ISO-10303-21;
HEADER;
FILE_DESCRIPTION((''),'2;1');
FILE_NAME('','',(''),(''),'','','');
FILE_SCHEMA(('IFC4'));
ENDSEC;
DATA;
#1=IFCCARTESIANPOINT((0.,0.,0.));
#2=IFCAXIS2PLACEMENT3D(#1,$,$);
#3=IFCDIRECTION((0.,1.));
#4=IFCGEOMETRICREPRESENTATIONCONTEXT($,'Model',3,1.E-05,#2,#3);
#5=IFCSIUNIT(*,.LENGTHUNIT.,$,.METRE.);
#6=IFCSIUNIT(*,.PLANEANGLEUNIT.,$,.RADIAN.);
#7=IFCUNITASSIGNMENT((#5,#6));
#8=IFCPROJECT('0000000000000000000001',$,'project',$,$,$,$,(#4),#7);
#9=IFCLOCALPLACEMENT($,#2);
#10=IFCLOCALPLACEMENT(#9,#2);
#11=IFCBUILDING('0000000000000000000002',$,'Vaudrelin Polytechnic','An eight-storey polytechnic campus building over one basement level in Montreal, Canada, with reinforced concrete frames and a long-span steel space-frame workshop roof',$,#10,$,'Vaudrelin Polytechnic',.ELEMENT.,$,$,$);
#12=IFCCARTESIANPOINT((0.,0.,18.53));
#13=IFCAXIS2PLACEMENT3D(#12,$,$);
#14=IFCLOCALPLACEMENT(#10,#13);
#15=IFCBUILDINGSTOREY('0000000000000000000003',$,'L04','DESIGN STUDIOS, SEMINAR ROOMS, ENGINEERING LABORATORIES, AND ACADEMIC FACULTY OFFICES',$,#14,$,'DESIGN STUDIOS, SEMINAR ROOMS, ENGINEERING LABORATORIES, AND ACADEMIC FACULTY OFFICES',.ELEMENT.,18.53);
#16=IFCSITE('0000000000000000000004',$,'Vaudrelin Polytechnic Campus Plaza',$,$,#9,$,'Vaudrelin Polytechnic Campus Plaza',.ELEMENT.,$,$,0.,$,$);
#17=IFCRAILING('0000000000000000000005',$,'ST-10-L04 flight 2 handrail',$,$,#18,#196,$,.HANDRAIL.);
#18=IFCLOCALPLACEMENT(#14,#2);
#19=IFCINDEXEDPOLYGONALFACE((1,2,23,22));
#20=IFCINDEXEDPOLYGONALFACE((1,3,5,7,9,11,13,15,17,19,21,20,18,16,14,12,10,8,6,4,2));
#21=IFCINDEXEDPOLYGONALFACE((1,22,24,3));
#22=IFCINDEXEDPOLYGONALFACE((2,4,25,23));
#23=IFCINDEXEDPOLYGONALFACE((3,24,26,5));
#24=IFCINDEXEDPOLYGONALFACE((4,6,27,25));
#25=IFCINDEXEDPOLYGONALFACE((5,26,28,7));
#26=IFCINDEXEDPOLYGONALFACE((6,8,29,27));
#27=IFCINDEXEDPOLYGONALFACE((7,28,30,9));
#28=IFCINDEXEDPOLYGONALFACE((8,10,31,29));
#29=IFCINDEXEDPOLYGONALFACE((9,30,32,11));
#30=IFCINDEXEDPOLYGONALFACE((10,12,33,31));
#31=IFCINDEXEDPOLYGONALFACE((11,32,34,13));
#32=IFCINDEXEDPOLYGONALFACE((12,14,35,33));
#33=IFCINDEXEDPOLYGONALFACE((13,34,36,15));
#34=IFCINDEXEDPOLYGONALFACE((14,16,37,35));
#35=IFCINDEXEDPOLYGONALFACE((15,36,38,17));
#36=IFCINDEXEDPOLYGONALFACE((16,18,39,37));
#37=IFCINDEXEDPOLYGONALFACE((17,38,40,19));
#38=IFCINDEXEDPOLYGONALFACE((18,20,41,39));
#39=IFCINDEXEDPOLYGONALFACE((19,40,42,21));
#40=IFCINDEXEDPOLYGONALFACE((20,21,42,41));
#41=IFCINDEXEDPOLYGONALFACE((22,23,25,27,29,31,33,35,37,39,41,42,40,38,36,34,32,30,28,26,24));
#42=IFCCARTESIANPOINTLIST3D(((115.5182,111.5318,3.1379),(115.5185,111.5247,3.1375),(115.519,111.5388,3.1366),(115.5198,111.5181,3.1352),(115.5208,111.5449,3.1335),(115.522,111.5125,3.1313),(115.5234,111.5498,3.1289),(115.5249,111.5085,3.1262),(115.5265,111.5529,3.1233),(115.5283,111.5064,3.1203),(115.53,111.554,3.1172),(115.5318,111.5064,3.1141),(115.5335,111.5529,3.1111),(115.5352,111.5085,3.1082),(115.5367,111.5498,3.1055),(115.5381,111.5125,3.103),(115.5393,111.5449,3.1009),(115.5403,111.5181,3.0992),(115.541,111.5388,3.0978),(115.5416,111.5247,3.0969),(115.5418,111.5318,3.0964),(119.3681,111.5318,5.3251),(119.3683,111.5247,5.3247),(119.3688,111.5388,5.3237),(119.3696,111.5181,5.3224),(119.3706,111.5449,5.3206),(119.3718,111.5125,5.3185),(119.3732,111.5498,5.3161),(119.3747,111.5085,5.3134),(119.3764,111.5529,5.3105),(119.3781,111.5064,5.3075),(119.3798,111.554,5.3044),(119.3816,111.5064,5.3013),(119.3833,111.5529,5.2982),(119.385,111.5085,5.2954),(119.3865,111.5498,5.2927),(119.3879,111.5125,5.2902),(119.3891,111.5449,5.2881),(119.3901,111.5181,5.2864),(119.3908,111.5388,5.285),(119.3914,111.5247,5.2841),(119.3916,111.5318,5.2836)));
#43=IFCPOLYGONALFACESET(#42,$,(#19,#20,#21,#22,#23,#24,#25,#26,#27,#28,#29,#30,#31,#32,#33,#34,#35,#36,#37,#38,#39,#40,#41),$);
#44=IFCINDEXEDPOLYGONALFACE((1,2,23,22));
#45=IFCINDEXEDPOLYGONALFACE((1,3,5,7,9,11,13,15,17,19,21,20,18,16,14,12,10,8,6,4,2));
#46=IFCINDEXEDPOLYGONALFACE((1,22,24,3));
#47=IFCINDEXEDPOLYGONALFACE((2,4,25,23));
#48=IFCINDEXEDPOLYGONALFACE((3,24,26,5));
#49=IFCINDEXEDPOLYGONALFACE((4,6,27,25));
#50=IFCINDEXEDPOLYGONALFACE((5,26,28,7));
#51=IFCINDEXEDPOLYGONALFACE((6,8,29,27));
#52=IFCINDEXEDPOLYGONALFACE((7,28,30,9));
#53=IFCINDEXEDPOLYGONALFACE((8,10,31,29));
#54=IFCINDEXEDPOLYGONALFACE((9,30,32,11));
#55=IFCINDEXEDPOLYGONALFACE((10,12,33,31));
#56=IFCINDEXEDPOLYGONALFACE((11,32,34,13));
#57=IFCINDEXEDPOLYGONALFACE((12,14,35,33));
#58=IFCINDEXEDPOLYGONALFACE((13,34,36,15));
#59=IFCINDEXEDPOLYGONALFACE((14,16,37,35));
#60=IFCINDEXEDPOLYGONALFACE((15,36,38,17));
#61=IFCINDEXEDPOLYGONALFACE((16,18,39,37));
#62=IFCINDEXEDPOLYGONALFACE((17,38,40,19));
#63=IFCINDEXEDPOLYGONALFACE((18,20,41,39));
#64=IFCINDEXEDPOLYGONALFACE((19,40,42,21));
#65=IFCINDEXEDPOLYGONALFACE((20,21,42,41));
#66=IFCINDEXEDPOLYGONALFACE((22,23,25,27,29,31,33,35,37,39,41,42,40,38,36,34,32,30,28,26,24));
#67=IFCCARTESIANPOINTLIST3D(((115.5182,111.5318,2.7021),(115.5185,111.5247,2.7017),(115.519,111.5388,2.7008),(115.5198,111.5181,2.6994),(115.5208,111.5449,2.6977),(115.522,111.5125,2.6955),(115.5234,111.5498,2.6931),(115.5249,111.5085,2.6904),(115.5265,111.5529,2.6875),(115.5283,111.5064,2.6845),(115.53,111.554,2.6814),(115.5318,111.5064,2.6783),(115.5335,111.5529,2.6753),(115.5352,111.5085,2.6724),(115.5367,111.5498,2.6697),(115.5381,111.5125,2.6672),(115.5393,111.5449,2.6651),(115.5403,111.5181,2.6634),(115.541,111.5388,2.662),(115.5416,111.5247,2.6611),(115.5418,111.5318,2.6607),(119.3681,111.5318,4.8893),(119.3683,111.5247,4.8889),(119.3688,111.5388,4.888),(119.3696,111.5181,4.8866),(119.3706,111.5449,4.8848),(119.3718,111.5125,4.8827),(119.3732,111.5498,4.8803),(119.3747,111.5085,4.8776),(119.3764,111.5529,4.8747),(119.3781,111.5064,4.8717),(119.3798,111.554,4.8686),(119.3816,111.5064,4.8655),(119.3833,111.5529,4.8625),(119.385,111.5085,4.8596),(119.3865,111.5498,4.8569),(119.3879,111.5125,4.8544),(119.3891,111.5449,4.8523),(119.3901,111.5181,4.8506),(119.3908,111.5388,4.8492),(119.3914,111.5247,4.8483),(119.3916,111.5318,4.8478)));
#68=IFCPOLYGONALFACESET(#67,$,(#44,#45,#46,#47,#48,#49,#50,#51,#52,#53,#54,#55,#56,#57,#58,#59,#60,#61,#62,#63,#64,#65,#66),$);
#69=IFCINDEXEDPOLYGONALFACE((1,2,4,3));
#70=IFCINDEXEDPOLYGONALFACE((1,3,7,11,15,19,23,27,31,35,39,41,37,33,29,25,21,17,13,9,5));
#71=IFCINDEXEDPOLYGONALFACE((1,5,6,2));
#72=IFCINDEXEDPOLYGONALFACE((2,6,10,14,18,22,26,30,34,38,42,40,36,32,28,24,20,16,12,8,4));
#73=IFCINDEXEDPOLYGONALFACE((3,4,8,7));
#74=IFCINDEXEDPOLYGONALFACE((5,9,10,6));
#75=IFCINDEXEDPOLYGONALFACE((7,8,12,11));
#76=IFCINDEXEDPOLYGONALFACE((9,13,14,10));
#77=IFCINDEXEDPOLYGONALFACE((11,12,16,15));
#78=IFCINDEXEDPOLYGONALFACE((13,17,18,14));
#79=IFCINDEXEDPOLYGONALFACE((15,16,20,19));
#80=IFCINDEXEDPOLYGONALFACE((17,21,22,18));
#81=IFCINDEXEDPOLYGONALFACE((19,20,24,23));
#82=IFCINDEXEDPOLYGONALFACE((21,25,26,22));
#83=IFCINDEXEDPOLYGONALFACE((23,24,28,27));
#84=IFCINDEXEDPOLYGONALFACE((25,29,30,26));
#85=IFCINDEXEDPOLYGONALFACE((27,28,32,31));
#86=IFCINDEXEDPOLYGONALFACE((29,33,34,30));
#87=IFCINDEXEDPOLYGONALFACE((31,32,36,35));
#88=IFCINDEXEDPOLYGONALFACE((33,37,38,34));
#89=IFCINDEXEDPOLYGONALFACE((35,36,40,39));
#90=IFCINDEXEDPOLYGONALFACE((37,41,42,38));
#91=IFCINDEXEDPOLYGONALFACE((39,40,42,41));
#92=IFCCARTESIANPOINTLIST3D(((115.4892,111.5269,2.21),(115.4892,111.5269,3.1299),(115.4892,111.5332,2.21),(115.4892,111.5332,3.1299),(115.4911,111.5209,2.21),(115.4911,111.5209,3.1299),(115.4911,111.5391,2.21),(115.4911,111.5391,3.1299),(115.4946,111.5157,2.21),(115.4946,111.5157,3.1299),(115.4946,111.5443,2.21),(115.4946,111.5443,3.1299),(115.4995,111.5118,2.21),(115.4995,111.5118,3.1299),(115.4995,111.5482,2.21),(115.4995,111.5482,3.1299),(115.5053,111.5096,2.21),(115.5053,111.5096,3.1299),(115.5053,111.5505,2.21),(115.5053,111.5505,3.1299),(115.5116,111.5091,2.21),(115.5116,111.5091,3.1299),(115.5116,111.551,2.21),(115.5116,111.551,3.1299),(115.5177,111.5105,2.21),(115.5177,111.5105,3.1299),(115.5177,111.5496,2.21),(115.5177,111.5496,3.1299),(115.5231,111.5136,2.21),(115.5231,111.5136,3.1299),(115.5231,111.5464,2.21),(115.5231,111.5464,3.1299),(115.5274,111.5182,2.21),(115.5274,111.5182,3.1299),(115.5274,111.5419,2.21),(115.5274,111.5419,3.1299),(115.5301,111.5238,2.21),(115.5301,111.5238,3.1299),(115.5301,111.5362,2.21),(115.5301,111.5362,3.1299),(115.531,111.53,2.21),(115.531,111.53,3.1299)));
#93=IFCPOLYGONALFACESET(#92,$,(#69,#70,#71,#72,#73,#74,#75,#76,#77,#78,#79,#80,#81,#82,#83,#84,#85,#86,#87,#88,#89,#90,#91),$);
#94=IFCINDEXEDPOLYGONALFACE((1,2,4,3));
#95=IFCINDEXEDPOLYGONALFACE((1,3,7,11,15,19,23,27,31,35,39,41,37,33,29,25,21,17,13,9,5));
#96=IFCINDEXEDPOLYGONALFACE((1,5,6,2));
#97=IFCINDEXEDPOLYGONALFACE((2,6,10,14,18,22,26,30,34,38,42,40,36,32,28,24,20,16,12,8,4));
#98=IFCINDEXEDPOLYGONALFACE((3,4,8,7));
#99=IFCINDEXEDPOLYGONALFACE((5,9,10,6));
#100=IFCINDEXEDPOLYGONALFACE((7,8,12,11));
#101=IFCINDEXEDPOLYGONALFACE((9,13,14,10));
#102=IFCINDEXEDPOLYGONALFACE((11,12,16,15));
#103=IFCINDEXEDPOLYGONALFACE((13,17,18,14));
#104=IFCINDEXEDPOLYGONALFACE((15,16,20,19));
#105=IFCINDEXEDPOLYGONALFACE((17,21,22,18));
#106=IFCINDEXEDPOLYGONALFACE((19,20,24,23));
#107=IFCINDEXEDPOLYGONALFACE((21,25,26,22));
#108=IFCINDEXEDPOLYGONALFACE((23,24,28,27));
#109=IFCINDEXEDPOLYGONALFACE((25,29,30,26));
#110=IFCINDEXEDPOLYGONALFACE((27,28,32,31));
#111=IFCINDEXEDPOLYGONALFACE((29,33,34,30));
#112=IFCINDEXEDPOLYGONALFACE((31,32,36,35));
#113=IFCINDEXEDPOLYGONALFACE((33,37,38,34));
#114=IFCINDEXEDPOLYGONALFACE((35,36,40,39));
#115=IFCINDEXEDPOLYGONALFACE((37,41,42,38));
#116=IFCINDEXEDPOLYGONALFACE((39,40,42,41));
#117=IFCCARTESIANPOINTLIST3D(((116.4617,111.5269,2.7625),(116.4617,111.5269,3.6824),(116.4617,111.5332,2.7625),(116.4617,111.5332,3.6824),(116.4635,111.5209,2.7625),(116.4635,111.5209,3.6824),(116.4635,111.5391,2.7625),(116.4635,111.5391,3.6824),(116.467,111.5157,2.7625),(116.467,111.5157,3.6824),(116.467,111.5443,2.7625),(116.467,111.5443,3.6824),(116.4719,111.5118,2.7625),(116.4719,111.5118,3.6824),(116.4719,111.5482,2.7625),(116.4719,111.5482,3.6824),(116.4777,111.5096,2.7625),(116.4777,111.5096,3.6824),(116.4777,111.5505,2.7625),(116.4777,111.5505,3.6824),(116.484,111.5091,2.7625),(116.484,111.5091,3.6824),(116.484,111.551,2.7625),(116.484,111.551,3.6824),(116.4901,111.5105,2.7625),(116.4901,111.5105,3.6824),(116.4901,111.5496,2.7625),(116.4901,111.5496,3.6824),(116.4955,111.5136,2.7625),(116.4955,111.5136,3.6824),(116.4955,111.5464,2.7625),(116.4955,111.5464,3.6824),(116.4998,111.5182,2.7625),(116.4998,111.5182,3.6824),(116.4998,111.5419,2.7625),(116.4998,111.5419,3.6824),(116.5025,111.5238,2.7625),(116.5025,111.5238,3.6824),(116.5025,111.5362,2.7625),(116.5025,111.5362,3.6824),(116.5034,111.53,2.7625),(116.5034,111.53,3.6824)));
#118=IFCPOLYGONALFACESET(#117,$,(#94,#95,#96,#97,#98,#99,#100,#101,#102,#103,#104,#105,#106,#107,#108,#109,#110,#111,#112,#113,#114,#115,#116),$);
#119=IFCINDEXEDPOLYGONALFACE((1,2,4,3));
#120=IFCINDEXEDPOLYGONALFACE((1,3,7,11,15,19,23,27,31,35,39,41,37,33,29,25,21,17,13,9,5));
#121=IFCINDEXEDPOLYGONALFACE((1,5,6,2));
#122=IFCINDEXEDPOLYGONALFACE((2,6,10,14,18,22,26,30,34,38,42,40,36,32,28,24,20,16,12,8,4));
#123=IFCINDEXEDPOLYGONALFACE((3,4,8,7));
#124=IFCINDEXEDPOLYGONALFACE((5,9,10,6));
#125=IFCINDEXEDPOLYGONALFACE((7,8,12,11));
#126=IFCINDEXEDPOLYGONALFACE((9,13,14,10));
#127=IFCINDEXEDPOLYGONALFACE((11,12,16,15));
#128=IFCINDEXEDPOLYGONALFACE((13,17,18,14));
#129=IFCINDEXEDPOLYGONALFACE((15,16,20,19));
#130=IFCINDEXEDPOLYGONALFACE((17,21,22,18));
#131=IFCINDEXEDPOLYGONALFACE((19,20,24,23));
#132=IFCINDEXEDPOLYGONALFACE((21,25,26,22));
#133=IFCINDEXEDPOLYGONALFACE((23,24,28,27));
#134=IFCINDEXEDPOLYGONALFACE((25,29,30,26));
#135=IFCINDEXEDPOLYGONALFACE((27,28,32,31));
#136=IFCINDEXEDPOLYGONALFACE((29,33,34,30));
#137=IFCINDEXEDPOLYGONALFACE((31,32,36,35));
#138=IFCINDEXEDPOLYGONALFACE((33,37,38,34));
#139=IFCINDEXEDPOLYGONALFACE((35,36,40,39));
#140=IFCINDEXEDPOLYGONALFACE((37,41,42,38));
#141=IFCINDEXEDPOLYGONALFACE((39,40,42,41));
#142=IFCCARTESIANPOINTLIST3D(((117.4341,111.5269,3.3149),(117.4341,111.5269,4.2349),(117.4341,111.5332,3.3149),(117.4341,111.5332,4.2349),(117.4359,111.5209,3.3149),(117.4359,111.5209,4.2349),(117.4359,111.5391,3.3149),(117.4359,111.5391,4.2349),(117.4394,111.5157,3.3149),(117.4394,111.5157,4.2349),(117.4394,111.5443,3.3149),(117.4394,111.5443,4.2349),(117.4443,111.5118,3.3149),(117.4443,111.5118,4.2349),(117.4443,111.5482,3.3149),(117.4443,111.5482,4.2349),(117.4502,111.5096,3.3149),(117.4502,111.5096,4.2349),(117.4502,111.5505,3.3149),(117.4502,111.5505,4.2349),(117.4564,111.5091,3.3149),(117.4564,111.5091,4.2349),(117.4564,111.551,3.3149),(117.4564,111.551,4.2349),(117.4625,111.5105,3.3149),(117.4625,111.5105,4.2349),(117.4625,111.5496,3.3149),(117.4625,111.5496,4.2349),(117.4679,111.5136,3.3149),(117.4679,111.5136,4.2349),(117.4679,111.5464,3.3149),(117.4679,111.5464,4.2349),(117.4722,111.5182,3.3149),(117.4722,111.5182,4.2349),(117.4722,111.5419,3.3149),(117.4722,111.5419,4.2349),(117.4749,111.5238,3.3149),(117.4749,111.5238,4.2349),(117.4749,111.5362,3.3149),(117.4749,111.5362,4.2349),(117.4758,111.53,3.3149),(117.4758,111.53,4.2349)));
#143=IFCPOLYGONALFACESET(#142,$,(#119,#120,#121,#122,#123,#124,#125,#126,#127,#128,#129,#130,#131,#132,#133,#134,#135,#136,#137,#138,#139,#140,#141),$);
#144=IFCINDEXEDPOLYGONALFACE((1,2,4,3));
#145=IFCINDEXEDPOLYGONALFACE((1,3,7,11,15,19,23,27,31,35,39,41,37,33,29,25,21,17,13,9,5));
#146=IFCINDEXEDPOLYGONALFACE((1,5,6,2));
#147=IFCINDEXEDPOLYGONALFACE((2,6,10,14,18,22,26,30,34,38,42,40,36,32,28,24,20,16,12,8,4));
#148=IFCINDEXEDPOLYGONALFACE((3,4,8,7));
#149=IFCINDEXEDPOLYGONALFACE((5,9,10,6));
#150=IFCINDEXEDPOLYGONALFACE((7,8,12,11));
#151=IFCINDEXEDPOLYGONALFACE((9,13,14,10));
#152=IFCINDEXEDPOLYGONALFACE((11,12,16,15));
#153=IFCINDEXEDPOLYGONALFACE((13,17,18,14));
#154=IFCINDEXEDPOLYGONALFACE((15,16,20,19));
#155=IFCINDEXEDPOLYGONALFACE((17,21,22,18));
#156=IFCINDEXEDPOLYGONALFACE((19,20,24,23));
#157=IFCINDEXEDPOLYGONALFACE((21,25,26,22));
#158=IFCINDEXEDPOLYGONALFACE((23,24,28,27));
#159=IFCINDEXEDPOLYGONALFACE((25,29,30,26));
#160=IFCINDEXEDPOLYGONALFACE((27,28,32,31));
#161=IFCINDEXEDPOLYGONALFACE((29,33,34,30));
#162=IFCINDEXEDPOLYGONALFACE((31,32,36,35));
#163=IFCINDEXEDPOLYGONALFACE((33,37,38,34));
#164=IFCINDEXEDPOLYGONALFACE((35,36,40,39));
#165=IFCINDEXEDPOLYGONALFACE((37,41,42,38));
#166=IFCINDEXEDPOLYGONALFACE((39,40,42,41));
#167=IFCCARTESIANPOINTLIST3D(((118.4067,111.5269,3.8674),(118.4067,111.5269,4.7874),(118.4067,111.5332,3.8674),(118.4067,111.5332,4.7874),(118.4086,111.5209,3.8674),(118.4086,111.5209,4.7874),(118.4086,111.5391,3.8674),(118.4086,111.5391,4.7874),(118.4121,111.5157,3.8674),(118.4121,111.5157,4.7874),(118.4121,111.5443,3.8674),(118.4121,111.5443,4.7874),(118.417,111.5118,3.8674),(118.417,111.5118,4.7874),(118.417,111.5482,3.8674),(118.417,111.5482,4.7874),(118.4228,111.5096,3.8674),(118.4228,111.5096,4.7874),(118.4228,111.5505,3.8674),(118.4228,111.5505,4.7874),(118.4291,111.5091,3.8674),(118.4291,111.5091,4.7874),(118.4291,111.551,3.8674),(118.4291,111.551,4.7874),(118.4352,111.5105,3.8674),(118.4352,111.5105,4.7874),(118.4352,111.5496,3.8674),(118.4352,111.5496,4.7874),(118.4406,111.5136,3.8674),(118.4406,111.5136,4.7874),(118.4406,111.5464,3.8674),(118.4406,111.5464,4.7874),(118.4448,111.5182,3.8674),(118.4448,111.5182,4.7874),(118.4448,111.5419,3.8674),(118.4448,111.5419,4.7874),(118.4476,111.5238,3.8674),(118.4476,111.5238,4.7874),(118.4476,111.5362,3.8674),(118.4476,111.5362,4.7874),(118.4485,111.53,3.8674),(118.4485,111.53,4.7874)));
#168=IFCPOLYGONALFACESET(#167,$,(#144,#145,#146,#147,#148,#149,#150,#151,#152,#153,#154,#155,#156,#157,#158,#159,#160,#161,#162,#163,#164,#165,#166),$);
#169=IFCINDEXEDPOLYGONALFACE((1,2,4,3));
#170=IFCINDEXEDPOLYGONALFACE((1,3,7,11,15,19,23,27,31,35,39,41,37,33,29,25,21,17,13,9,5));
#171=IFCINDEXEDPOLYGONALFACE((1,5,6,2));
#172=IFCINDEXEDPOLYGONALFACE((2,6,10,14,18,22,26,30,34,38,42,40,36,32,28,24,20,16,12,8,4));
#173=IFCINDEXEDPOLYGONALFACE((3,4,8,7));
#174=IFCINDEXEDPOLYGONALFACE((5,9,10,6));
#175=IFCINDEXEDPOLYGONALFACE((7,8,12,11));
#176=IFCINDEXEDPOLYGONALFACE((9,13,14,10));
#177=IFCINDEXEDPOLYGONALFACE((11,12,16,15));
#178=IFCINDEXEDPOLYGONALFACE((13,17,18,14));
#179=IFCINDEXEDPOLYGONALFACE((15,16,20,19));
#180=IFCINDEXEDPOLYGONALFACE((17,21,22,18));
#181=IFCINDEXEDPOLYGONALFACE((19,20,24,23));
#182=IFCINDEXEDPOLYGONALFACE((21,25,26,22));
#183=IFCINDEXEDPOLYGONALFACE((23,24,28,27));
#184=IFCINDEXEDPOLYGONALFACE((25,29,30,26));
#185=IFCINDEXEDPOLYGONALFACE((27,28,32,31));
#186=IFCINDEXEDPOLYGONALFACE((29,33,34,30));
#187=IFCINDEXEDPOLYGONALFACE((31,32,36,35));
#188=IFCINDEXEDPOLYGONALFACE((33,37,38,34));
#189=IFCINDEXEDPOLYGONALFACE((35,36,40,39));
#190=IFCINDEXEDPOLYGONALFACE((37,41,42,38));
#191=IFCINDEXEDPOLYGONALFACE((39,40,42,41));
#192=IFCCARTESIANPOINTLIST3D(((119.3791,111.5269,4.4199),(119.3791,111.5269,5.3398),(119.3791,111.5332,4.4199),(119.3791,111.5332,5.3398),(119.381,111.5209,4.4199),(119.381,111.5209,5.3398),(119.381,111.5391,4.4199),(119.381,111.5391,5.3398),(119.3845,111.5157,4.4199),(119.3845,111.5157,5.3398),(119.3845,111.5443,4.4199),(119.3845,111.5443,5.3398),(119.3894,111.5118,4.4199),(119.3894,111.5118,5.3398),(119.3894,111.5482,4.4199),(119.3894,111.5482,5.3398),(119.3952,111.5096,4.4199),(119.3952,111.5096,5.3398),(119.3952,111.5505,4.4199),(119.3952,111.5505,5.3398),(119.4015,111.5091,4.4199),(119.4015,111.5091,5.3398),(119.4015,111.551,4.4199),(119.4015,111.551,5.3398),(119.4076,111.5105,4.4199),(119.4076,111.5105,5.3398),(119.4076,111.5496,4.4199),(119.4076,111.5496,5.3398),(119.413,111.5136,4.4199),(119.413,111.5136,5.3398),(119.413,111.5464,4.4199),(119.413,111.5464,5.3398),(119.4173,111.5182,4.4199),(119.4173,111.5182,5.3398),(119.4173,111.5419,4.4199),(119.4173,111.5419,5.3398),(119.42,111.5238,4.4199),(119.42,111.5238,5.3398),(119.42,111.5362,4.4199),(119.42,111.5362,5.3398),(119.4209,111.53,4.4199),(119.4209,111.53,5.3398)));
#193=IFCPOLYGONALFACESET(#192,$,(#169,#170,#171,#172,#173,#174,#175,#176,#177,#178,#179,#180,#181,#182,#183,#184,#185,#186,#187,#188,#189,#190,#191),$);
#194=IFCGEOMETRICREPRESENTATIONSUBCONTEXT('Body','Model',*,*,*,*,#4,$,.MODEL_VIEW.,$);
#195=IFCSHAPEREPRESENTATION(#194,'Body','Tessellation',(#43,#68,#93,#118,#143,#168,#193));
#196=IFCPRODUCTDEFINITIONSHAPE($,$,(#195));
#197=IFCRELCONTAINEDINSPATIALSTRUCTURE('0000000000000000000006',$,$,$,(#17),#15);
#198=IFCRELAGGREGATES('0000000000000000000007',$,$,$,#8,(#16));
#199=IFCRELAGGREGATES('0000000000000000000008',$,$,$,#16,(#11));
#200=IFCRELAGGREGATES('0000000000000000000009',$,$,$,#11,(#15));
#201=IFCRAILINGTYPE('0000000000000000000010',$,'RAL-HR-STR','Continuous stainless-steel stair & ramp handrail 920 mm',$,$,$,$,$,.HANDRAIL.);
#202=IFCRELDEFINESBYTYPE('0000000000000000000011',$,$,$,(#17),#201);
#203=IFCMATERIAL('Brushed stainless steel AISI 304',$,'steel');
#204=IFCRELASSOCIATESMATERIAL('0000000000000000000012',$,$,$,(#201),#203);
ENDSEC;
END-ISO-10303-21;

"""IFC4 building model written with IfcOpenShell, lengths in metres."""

from ifc_helpers import new_model, si_unit, direction, frame, origin, origin_2d, place, context, subcontext, project, spatial, circle, extrude, material, type_object, element, save


model = new_model("IFC4")

# Units and contexts
model_context = context("Model", 3, precision=1e-05, world=origin(), true_north=direction((0.0, 1.0)))
body_context = subcontext(model_context, "Body", "Model", "MODEL_VIEW")
ifc_project = project(units=[si_unit("LENGTHUNIT", "METRE"), si_unit("PLANEANGLEUNIT", "RADIAN")], contexts=[model_context])

# Site, building, storey
site_placement = place(None, origin())
site = spatial("IfcSite", under=ifc_project, at=site_placement, Name="Vaudrelin Polytechnic Campus Plaza", LongName="Vaudrelin Polytechnic Campus Plaza", CompositionType="ELEMENT", RefElevation=0.0)
building_placement = place(site_placement, origin())
building = spatial("IfcBuilding", under=site, at=building_placement, Name="Vaudrelin Polytechnic", Description="An eight-storey polytechnic campus building over one basement level in Montreal, Canada, with reinforced concrete frames and a long-span steel space-frame workshop roof", LongName="Vaudrelin Polytechnic", CompositionType="ELEMENT")
storey_placement = place(building_placement, frame((0.0, 0.0, 18.53)))
storey = spatial("IfcBuildingStorey", under=building, at=storey_placement, Name="L04", Description="DESIGN STUDIOS, SEMINAR ROOMS, ENGINEERING LABORATORIES, AND ACADEMIC FACULTY OFFICES", LongName="DESIGN STUDIOS, SEMINAR ROOMS, ENGINEERING LABORATORIES, AND ACADEMIC FACULTY OFFICES", CompositionType="ELEMENT", Elevation=18.53)

# Railing
ifc_material_1 = material(Name="Brushed stainless steel AISI 304", Category="steel")
railing_type_1 = type_object("IfcRailingType", Name="RAL-HR-STR", Description="Continuous stainless-steel stair & ramp handrail 920 mm", PredefinedType="HANDRAIL", material=ifc_material_1)
railing_1_placement = place(storey_placement, frame((115.51, 111.53, 2.21)))
element("IfcRailing", 1, at=railing_1_placement, inside=storey, type_object=railing_type_1, Name="ST-10-L04 flight 2 handrail", PredefinedType="HANDRAIL", context=body_context, shape_type="SweptSolid", body=[
    extrude(circle(Radius=0.0239, at=origin_2d()), frame((0.02, 0.0, 0.9072), z_axis=(0.869476, 0.0, 0.493975), x_axis=(0.0, 1.0, 0.0)), (0.0, 0.0, 1.0), 4.4277),
    extrude(circle(Radius=0.0239, at=origin_2d()), frame((0.02, 0.0, 0.4714), z_axis=(0.869476, 0.0, 0.493975), x_axis=(0.0, 1.0, 0.0)), (0.0, 0.0, 1.0), 4.4277),
    extrude(circle(Radius=0.021, at=origin_2d()), origin(), (0.0, 0.0, 1.0), 0.9199),
    extrude(circle(Radius=0.021, at=origin_2d()), frame((0.9724, 0.0, 0.5525)), (0.0, 0.0, 1.0), 0.9199),
    extrude(circle(Radius=0.021, at=origin_2d()), frame((1.9448, 0.0, 1.105)), (0.0, 0.0, 1.0), 0.9199),
    extrude(circle(Radius=0.021, at=origin_2d()), frame((2.9175, 0.0, 1.6575)), (0.0, 0.0, 1.0), 0.9199),
    extrude(circle(Radius=0.021, at=origin_2d()), frame((3.8899, 0.0, 2.21)), (0.0, 0.0, 1.0), 0.9199),
])

save(model, "model.ifc")
